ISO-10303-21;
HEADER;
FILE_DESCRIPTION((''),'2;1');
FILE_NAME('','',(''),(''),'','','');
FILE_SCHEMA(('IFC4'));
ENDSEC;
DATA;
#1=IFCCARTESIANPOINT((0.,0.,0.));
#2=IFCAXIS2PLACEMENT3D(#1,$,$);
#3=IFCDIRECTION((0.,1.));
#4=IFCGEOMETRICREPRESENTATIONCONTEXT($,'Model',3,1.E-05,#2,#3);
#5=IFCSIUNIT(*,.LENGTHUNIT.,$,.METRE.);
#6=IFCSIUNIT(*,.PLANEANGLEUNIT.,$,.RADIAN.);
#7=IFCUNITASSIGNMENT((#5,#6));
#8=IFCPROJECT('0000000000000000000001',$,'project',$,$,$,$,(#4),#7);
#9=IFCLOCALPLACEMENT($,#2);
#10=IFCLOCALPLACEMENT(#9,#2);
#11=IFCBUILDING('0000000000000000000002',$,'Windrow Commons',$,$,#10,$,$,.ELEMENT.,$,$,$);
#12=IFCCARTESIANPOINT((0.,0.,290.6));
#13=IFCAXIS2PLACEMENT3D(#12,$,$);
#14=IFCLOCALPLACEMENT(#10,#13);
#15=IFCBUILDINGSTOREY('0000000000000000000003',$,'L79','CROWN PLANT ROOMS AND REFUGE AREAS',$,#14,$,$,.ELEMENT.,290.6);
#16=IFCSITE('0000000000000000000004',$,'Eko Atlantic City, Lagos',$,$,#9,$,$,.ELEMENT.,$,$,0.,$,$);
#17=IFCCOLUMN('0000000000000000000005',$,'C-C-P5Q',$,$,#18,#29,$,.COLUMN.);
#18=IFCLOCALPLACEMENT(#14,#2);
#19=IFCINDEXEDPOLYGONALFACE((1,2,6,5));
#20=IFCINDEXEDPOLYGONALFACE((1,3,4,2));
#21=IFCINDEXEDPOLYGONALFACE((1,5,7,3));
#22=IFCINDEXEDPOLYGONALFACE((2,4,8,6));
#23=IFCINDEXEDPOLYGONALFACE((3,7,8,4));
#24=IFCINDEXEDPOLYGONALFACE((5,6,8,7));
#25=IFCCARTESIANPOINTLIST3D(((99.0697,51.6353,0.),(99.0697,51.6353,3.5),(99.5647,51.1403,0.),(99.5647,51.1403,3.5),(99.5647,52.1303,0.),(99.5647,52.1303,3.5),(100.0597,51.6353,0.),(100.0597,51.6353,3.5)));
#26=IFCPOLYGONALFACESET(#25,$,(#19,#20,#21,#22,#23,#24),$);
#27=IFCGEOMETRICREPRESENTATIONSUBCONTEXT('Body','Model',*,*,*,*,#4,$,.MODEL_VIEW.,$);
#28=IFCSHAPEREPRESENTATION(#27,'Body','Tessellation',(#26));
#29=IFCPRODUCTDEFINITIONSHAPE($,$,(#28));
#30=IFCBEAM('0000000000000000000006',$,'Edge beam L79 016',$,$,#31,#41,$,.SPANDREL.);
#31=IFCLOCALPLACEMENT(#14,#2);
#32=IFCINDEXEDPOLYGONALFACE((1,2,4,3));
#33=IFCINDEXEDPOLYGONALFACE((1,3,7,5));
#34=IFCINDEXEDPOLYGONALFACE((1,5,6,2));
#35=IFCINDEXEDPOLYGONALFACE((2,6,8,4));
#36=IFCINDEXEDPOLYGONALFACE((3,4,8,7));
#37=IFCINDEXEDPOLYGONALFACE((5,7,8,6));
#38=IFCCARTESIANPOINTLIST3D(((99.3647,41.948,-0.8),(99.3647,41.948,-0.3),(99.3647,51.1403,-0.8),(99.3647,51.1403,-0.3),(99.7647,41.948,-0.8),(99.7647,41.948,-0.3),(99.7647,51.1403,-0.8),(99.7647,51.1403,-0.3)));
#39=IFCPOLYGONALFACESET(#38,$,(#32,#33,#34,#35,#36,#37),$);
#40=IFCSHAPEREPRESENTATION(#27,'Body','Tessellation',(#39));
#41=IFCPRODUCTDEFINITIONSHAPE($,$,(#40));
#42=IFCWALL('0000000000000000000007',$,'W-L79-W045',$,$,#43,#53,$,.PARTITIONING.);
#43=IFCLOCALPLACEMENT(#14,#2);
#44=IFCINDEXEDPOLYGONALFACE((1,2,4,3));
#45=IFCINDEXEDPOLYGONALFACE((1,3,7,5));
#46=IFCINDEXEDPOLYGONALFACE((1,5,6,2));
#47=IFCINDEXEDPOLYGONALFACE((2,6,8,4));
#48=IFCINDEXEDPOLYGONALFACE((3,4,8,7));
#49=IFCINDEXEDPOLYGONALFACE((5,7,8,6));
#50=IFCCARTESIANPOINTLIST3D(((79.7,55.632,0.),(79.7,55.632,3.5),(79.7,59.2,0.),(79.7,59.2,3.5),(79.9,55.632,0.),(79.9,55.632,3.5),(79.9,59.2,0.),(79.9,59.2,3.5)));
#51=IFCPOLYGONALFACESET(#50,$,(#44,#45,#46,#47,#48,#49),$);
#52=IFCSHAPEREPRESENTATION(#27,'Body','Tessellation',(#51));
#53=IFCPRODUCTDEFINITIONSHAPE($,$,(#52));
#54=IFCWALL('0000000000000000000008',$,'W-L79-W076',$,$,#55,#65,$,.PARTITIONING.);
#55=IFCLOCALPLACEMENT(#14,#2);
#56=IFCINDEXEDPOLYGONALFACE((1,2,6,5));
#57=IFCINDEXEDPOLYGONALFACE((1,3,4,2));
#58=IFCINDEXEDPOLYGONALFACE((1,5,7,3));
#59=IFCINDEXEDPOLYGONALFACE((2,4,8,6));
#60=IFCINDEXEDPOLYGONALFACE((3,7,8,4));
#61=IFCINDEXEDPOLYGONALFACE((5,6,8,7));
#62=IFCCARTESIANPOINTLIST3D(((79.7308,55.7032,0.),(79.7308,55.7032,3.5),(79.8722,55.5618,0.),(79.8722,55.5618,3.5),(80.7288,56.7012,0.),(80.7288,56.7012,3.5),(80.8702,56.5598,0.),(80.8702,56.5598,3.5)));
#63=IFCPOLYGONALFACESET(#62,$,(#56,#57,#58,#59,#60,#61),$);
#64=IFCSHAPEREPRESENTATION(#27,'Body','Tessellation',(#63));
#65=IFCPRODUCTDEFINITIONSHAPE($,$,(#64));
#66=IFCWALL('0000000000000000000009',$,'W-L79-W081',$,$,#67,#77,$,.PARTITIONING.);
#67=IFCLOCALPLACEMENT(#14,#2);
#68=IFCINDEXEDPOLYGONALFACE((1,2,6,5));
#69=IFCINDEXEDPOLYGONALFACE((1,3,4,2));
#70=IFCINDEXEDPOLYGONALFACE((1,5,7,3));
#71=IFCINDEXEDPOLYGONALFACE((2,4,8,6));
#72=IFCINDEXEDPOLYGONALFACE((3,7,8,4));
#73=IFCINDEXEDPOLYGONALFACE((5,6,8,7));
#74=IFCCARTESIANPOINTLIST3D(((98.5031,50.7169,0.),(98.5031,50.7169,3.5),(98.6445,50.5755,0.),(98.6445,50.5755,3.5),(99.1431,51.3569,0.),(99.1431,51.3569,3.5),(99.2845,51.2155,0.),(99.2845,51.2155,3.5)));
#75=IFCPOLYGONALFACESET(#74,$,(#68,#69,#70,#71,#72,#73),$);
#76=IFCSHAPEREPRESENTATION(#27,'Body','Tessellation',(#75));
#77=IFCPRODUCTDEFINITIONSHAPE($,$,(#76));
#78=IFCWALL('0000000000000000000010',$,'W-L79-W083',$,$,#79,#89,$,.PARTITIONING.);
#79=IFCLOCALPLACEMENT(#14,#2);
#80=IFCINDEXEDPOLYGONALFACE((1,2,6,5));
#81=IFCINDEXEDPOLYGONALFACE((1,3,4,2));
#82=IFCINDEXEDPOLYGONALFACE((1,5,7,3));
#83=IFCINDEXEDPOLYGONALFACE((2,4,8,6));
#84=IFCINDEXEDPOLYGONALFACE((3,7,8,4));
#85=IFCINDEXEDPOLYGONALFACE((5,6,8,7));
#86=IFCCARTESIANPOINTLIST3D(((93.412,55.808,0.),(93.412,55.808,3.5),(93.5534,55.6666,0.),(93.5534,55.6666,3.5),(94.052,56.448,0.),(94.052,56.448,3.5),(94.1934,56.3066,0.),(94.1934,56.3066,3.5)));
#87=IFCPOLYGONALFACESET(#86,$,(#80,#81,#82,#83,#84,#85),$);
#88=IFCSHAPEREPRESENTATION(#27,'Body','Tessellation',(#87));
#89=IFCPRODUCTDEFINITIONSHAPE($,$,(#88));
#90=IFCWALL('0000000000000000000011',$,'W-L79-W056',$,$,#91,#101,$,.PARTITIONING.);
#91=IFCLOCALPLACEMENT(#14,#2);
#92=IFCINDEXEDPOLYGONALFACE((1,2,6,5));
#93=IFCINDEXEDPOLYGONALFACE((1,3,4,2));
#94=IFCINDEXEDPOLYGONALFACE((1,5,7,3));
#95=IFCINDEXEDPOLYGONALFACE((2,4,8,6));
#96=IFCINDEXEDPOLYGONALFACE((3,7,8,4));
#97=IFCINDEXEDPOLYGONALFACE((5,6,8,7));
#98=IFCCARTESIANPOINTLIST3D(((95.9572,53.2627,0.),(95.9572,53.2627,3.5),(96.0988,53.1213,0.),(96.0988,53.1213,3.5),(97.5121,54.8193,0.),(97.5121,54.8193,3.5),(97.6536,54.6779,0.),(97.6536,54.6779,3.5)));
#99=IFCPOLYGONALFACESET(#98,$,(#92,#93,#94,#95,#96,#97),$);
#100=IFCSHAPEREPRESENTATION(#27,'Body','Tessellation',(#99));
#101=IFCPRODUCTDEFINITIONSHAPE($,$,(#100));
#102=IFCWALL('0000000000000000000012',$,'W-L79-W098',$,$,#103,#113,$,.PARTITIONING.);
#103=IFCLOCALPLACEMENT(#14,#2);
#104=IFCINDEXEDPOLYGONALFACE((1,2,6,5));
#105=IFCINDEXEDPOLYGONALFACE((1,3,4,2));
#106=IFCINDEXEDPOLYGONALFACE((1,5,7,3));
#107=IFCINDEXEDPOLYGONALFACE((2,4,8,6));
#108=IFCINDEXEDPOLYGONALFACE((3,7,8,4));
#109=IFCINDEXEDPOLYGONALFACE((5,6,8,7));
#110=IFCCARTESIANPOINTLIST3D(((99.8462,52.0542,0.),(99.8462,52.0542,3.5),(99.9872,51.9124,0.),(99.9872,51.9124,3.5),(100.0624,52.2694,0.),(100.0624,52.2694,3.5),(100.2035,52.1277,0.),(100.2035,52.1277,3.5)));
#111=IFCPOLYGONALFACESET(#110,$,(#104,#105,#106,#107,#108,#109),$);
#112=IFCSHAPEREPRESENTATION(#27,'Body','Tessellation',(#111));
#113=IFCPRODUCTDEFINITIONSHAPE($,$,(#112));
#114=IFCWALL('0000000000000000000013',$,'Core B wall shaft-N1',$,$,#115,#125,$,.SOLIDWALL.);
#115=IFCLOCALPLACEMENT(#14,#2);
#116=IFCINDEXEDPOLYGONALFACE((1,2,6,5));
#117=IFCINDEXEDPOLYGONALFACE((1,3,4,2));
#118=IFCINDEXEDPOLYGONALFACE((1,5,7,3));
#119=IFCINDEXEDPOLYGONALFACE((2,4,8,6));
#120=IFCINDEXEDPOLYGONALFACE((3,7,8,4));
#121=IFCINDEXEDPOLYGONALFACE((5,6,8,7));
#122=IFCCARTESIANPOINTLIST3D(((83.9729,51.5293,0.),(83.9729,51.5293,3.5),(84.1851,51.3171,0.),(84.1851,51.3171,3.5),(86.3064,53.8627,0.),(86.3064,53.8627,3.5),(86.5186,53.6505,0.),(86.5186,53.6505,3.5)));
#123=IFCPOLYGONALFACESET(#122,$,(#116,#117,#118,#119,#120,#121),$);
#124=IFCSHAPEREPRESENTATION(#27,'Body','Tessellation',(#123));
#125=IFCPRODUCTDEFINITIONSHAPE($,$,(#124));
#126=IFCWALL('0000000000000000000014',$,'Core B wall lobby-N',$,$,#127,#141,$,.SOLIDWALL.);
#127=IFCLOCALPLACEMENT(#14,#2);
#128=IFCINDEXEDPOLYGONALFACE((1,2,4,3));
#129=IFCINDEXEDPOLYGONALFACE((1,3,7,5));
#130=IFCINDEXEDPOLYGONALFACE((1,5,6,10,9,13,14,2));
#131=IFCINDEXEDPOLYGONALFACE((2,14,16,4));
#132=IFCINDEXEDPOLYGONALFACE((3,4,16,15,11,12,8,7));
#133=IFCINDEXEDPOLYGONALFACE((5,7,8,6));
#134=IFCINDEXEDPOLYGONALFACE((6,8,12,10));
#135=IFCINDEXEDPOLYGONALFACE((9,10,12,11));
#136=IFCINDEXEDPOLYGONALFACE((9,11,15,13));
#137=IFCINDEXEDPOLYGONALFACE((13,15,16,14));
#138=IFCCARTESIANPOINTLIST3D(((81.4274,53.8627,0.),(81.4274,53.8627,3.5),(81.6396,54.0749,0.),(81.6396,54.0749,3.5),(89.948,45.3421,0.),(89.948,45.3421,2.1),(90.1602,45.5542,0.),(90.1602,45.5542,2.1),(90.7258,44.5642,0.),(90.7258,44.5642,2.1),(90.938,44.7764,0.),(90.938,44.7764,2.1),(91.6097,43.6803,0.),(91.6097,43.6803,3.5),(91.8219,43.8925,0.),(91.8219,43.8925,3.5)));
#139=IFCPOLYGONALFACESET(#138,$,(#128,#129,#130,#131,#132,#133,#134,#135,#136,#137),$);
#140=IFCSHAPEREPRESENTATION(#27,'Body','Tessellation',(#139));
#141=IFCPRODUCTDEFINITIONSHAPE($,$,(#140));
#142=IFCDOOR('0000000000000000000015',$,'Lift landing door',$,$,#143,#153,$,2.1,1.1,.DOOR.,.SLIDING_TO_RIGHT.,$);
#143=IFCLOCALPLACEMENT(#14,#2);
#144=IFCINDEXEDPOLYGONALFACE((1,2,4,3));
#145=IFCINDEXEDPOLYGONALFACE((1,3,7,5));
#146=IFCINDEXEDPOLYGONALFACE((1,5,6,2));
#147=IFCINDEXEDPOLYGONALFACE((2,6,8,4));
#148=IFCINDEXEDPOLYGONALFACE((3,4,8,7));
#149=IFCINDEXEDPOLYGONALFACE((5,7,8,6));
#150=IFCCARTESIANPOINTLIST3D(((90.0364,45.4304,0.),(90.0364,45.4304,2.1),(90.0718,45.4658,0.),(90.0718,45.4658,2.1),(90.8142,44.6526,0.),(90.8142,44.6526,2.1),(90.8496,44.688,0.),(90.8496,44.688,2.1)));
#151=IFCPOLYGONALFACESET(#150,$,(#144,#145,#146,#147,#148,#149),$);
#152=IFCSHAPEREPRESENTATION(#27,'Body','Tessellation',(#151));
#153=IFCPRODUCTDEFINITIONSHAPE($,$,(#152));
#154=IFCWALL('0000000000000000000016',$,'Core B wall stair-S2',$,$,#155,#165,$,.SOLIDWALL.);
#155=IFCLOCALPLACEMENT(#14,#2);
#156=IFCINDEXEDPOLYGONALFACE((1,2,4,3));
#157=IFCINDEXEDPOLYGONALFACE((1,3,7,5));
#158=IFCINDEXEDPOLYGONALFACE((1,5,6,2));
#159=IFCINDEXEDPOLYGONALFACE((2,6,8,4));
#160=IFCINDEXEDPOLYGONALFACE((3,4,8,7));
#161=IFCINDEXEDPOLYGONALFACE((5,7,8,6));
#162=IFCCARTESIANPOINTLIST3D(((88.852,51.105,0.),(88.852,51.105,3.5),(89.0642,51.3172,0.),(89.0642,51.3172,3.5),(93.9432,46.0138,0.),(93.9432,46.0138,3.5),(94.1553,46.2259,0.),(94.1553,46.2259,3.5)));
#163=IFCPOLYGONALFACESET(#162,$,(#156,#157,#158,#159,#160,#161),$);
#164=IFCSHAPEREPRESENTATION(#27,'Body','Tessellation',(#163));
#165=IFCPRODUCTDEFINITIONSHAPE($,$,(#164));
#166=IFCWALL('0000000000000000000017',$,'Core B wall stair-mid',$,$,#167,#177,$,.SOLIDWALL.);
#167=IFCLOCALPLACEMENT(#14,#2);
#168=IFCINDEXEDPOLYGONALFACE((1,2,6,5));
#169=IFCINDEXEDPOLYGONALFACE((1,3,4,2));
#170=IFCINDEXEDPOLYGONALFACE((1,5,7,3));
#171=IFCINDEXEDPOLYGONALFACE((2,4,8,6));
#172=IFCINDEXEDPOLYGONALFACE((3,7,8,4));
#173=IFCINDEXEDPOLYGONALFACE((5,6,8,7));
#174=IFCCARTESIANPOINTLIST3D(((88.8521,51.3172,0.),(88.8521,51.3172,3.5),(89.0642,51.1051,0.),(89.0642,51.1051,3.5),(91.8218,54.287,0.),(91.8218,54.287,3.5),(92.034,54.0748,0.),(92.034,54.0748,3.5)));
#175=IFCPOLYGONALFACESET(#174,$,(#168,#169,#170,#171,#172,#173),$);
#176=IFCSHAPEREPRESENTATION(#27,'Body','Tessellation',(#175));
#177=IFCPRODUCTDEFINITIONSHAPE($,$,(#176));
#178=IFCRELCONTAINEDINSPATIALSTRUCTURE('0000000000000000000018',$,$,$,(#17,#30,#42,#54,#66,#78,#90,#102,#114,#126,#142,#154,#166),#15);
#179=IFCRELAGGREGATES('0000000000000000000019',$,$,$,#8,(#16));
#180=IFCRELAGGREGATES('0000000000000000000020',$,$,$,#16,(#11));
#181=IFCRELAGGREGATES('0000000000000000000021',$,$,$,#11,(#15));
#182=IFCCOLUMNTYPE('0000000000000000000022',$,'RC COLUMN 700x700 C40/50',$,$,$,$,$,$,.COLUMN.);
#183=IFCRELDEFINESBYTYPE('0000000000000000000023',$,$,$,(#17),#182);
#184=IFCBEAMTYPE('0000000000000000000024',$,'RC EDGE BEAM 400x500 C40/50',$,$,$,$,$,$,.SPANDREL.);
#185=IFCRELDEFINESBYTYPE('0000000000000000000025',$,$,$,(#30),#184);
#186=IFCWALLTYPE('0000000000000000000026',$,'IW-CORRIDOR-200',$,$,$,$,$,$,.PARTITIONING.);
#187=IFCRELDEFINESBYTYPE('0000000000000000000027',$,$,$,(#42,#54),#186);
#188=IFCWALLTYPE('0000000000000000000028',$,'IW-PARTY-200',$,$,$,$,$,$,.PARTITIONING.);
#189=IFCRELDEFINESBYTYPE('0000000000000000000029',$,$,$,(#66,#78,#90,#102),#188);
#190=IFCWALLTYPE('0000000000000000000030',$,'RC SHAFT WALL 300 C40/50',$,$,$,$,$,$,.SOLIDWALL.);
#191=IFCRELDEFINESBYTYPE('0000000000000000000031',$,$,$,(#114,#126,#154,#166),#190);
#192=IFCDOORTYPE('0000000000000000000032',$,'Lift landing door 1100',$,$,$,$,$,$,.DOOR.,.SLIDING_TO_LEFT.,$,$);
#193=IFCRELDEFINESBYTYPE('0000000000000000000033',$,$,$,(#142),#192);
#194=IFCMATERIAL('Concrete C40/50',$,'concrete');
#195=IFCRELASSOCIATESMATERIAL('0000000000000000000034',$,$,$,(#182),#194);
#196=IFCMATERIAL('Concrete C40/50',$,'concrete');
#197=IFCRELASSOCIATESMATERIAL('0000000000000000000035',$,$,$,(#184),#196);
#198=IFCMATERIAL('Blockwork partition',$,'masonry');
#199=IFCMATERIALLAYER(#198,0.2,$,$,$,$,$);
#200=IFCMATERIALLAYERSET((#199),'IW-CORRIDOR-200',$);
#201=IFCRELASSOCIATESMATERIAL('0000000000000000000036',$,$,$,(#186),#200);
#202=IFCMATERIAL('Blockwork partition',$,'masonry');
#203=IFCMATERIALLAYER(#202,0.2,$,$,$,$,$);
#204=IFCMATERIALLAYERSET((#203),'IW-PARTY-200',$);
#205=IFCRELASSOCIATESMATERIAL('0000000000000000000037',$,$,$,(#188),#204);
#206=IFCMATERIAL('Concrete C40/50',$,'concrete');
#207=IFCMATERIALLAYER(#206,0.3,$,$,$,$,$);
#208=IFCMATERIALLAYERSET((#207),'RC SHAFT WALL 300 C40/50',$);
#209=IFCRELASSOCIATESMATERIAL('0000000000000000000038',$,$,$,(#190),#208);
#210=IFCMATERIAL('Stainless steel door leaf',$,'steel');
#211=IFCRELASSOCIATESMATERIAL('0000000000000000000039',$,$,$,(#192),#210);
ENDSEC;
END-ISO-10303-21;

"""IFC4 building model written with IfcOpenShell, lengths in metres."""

from ifc_helpers import new_model, si_unit, direction, frame, frame_2d, origin, origin_2d, place, context, subcontext, project, spatial, polyline, rectangle, outline, extrude, material, layer, layer_set, material_profile, profile_set, type_object, element, fill, save


model = new_model("IFC4")

# Units and contexts
model_context = context("Model", 3, precision=1e-05, world=origin(), true_north=direction((0.0, 1.0)))
body_context = subcontext(model_context, "Body", "Model", "MODEL_VIEW")
ifc_project = project(units=[si_unit("LENGTHUNIT", "METRE"), si_unit("PLANEANGLEUNIT", "RADIAN")], contexts=[model_context])

# Site, building, storey
site_placement = place(None, origin())
site = spatial("IfcSite", under=ifc_project, at=site_placement, Name="Eko Atlantic City, Lagos", CompositionType="ELEMENT", RefElevation=0.0)
building_placement = place(site_placement, origin())
building = spatial("IfcBuilding", under=site, at=building_placement, Name="Windrow Commons", CompositionType="ELEMENT")
storey_placement = place(building_placement, frame((0.0, 0.0, 290.6)))
storey = spatial("IfcBuildingStorey", under=building, at=storey_placement, Name="L79", Description="CROWN PLANT ROOMS AND REFUGE AREAS", CompositionType="ELEMENT", Elevation=290.6)

# Column
ifc_material_1 = material(Name="Concrete C40/50", Category="concrete")
ifc_material_profile_1 = material_profile(ifc_material_1, rectangle(XDim=0.7, YDim=0.7, at=origin_2d()))
ifc_profile_set_1 = profile_set([ifc_material_profile_1], Name="Concrete C40/50")
column_type = type_object("IfcColumnType", Name="RC COLUMN 700x700 C40/50", PredefinedType="COLUMN", material=ifc_profile_set_1)
column_placement = place(storey_placement, frame((99.5647, 51.6353, 0.0), z_axis=(0.0, 0.0, 1.0), x_axis=(0.707107, -0.707107, 0.0)))
element("IfcColumn", 1, at=column_placement, inside=storey, type_object=column_type, Name="C-C-P5Q", PredefinedType="COLUMN", context=body_context, shape_type="SweptSolid", body=[
    extrude(rectangle(XDim=0.7, YDim=0.7, at=origin_2d()), origin(), (0.0, 0.0, 1.0), 3.5),
])

# Beam
ifc_material_2 = material(Name="Concrete C40/50", Category="concrete")
ifc_material_profile_2 = material_profile(ifc_material_2, rectangle(XDim=0.4, YDim=0.5, at=origin_2d()))
ifc_profile_set_2 = profile_set([ifc_material_profile_2], Name="Concrete C40/50")
beam_type = type_object("IfcBeamType", Name="RC EDGE BEAM 400x500 C40/50", PredefinedType="SPANDREL", material=ifc_profile_set_2)
beam_placement = place(storey_placement, frame((99.5647, 51.1403, -0.55), z_axis=(0.0, -1.0, 0.0), x_axis=(1.0, 0.0, 0.0)))
element("IfcBeam", 2, at=beam_placement, inside=storey, type_object=beam_type, Name="Edge beam L79 016", PredefinedType="SPANDREL", context=body_context, shape_type="SweptSolid", body=[
    extrude(rectangle(XDim=0.4, YDim=0.5, at=origin_2d()), origin(), (0.0, 0.0, 1.0), 9.1923),
])

# Walls
ifc_material_3 = material(Name="Blockwork partition", Category="masonry")
ifc_layer_1 = layer(ifc_material_3, 0.2)
ifc_layer_set_1 = layer_set([ifc_layer_1], Name="IW-CORRIDOR-200")
wall_type_1 = type_object("IfcWallType", Name="IW-CORRIDOR-200", PredefinedType="PARTITIONING", material=ifc_layer_set_1)
wall_1_placement = place(storey_placement, frame((79.8, 55.632, 0.0), z_axis=(0.0, 0.0, 1.0), x_axis=(0.0, 1.0, 0.0)))
element("IfcWall", 3, at=wall_1_placement, inside=storey, type_object=wall_type_1, Name="W-L79-W045", PredefinedType="PARTITIONING", context=body_context, shape_type="SweptSolid", body=[
    extrude(rectangle(XDim=3.568, YDim=0.2, at=frame_2d((1.784, 0.0))), origin(), (0.0, 0.0, 1.0), 3.5),
])
wall_2_placement = place(storey_placement, frame((79.8015, 55.6325, 0.0), z_axis=(0.0, 0.0, 1.0), x_axis=(0.707107, 0.707107, 0.0)))
element("IfcWall", 4, at=wall_2_placement, inside=storey, type_object=wall_type_1, Name="W-L79-W076", PredefinedType="PARTITIONING", context=body_context, shape_type="SweptSolid", body=[
    extrude(rectangle(XDim=1.4114, YDim=0.2, at=frame_2d((0.7057, 0.0))), origin(), (0.0, 0.0, 1.0), 3.5),
])
ifc_material_4 = material(Name="Blockwork partition", Category="masonry")
ifc_layer_2 = layer(ifc_material_4, 0.2)
ifc_layer_set_2 = layer_set([ifc_layer_2], Name="IW-PARTY-200")
wall_type_2 = type_object("IfcWallType", Name="IW-PARTY-200", PredefinedType="PARTITIONING", material=ifc_layer_set_2)
for number, where, z_axis, x_axis, name in (
    (5, (98.5738, 50.6462, 0.0), (0.0, 0.0, 1.0), (0.707107, 0.707107, 0.0), "W-L79-W081"),
    (6, (93.4827, 55.7373, 0.0), (0.0, 0.0, 1.0), (0.707107, 0.707107, 0.0), "W-L79-W083"),
):
    element("IfcWall", number, at=place(storey_placement, frame(where, z_axis=z_axis, x_axis=x_axis)), inside=storey, type_object=wall_type_2, Name=name, PredefinedType="PARTITIONING", context=body_context, shape_type="SweptSolid", body=[
        extrude(rectangle(XDim=0.9051, YDim=0.2, at=frame_2d((0.4526, 0.0))), origin(), (0.0, 0.0, 1.0), 3.5),
    ])
wall_3_placement = place(storey_placement, frame((96.028, 53.192, 0.0), z_axis=(0.0, 0.0, 1.0), x_axis=(0.706698, 0.707516, 0.0)))
element("IfcWall", 7, at=wall_3_placement, inside=storey, type_object=wall_type_2, Name="W-L79-W056", PredefinedType="PARTITIONING", context=body_context, shape_type="SweptSolid", body=[
    extrude(outline(polyline([(0.0, -0.1), (2.2001, -0.1), (2.2001, 0.1), (0.0, 0.1), (0.0, -0.1)])), origin(), (0.0, 0.0, 1.0), 3.5),
])
wall_4_placement = place(storey_placement, frame((99.9167, 51.9833, 0.0), z_axis=(0.0, 0.0, 1.0), x_axis=(0.708744, 0.705466, 0.0)))
element("IfcWall", 8, at=wall_4_placement, inside=storey, type_object=wall_type_2, Name="W-L79-W098", PredefinedType="PARTITIONING", context=body_context, shape_type="SweptSolid", body=[
    extrude(outline(polyline([(0.0, -0.1), (0.3051, -0.1), (0.3051, 0.1), (0.0, 0.1), (0.0, -0.1)])), origin(), (0.0, 0.0, 1.0), 3.5),
])
ifc_material_5 = material(Name="Concrete C40/50", Category="concrete")
ifc_layer_3 = layer(ifc_material_5, 0.3)
ifc_layer_set_3 = layer_set([ifc_layer_3], Name="RC SHAFT WALL 300 C40/50")
wall_type_3 = type_object("IfcWallType", Name="RC SHAFT WALL 300 C40/50", PredefinedType="SOLIDWALL", material=ifc_layer_set_3)
wall_5_placement = place(storey_placement, frame((84.079, 51.4232, 0.0), z_axis=(0.0, 0.0, 1.0), x_axis=(0.707122, 0.707092, 0.0)))
element("IfcWall", 9, at=wall_5_placement, inside=storey, type_object=wall_type_3, Name="Core B wall shaft-N1", PredefinedType="SOLIDWALL", context=body_context, shape_type="SweptSolid", body=[
    extrude(rectangle(XDim=3.3, YDim=0.3, at=frame_2d((1.65, 0.0))), origin(), (0.0, 0.0, 1.0), 3.5),
])

# Wall, opening, door
wall_6_placement = place(storey_placement, frame((81.5335, 53.9688, 0.0), z_axis=(0.0, 0.0, 1.0), x_axis=(0.707103, -0.70711, 0.0)))
wall_6 = element("IfcWall", 10, at=wall_6_placement, inside=storey, type_object=wall_type_3, Name="Core B wall lobby-N", PredefinedType="SOLIDWALL", context=body_context, shape_type="SweptSolid", body=[
    extrude(rectangle(XDim=14.4, YDim=0.3, at=frame_2d((7.2, 0.0))), origin(), (0.0, 0.0, 1.0), 3.5),
])
opening_1_placement = place(wall_6_placement, frame((12.05, 0.0, 0.0)))
opening_1 = element("IfcOpeningElement", 11, at=opening_1_placement, cuts=wall_6, PredefinedType="OPENING", context=body_context, shape_type="SweptSolid", body=[
    extrude(rectangle(XDim=1.1, YDim=2.1, at=frame_2d((0.55, 1.05))), frame((0.0, 0.16, 0.0), z_axis=(0.0, -1.0, 0.0), x_axis=(1.0, 0.0, 0.0)), (0.0, 0.0, 1.0), 0.32),
])
ifc_material_6 = material(Name="Stainless steel door leaf", Category="steel")
door_type = type_object("IfcDoorType", Name="Lift landing door 1100", OperationType="SLIDING_TO_LEFT", PredefinedType="DOOR", material=ifc_material_6)
door_placement = place(opening_1_placement, origin())
door = element("IfcDoor", 12, at=door_placement, inside=storey, type_object=door_type, Name="Lift landing door", OperationType="SLIDING_TO_RIGHT", OverallHeight=2.1, OverallWidth=1.1, PredefinedType="DOOR", context=body_context, shape_type="SweptSolid", body=[
    extrude(rectangle(XDim=1.1, YDim=2.1, at=frame_2d((0.55, 1.05))), frame((0.0, 0.025, 0.0), z_axis=(0.0, -1.0, 0.0), x_axis=(1.0, 0.0, 0.0)), (0.0, 0.0, 1.0), 0.05),
])
fill(opening_1, door)

# Walls
wall_7_placement = place(storey_placement, frame((88.9581, 51.2111, 0.0), z_axis=(0.0, 0.0, 1.0), x_axis=(0.7071, -0.707114, 0.0)))
element("IfcWall", 13, at=wall_7_placement, inside=storey, type_object=wall_type_3, Name="Core B wall stair-S2", PredefinedType="SOLIDWALL", context=body_context, shape_type="SweptSolid", body=[
    extrude(rectangle(XDim=7.2, YDim=0.3, at=frame_2d((3.6, 0.0))), origin(), (0.0, 0.0, 1.0), 3.5),
])
wall_8_placement = place(storey_placement, frame((88.9581, 51.2111, 0.0), z_axis=(0.0, 0.0, 1.0), x_axis=(0.707107, 0.707107, 0.0)))
element("IfcWall", 14, at=wall_8_placement, inside=storey, type_object=wall_type_3, Name="Core B wall stair-mid", PredefinedType="SOLIDWALL", context=body_context, shape_type="SweptSolid", body=[
    extrude(rectangle(XDim=4.1999, YDim=0.3, at=frame_2d((2.1, 0.0))), origin(), (0.0, 0.0, 1.0), 3.5),
])

save(model, "model.ifc")
